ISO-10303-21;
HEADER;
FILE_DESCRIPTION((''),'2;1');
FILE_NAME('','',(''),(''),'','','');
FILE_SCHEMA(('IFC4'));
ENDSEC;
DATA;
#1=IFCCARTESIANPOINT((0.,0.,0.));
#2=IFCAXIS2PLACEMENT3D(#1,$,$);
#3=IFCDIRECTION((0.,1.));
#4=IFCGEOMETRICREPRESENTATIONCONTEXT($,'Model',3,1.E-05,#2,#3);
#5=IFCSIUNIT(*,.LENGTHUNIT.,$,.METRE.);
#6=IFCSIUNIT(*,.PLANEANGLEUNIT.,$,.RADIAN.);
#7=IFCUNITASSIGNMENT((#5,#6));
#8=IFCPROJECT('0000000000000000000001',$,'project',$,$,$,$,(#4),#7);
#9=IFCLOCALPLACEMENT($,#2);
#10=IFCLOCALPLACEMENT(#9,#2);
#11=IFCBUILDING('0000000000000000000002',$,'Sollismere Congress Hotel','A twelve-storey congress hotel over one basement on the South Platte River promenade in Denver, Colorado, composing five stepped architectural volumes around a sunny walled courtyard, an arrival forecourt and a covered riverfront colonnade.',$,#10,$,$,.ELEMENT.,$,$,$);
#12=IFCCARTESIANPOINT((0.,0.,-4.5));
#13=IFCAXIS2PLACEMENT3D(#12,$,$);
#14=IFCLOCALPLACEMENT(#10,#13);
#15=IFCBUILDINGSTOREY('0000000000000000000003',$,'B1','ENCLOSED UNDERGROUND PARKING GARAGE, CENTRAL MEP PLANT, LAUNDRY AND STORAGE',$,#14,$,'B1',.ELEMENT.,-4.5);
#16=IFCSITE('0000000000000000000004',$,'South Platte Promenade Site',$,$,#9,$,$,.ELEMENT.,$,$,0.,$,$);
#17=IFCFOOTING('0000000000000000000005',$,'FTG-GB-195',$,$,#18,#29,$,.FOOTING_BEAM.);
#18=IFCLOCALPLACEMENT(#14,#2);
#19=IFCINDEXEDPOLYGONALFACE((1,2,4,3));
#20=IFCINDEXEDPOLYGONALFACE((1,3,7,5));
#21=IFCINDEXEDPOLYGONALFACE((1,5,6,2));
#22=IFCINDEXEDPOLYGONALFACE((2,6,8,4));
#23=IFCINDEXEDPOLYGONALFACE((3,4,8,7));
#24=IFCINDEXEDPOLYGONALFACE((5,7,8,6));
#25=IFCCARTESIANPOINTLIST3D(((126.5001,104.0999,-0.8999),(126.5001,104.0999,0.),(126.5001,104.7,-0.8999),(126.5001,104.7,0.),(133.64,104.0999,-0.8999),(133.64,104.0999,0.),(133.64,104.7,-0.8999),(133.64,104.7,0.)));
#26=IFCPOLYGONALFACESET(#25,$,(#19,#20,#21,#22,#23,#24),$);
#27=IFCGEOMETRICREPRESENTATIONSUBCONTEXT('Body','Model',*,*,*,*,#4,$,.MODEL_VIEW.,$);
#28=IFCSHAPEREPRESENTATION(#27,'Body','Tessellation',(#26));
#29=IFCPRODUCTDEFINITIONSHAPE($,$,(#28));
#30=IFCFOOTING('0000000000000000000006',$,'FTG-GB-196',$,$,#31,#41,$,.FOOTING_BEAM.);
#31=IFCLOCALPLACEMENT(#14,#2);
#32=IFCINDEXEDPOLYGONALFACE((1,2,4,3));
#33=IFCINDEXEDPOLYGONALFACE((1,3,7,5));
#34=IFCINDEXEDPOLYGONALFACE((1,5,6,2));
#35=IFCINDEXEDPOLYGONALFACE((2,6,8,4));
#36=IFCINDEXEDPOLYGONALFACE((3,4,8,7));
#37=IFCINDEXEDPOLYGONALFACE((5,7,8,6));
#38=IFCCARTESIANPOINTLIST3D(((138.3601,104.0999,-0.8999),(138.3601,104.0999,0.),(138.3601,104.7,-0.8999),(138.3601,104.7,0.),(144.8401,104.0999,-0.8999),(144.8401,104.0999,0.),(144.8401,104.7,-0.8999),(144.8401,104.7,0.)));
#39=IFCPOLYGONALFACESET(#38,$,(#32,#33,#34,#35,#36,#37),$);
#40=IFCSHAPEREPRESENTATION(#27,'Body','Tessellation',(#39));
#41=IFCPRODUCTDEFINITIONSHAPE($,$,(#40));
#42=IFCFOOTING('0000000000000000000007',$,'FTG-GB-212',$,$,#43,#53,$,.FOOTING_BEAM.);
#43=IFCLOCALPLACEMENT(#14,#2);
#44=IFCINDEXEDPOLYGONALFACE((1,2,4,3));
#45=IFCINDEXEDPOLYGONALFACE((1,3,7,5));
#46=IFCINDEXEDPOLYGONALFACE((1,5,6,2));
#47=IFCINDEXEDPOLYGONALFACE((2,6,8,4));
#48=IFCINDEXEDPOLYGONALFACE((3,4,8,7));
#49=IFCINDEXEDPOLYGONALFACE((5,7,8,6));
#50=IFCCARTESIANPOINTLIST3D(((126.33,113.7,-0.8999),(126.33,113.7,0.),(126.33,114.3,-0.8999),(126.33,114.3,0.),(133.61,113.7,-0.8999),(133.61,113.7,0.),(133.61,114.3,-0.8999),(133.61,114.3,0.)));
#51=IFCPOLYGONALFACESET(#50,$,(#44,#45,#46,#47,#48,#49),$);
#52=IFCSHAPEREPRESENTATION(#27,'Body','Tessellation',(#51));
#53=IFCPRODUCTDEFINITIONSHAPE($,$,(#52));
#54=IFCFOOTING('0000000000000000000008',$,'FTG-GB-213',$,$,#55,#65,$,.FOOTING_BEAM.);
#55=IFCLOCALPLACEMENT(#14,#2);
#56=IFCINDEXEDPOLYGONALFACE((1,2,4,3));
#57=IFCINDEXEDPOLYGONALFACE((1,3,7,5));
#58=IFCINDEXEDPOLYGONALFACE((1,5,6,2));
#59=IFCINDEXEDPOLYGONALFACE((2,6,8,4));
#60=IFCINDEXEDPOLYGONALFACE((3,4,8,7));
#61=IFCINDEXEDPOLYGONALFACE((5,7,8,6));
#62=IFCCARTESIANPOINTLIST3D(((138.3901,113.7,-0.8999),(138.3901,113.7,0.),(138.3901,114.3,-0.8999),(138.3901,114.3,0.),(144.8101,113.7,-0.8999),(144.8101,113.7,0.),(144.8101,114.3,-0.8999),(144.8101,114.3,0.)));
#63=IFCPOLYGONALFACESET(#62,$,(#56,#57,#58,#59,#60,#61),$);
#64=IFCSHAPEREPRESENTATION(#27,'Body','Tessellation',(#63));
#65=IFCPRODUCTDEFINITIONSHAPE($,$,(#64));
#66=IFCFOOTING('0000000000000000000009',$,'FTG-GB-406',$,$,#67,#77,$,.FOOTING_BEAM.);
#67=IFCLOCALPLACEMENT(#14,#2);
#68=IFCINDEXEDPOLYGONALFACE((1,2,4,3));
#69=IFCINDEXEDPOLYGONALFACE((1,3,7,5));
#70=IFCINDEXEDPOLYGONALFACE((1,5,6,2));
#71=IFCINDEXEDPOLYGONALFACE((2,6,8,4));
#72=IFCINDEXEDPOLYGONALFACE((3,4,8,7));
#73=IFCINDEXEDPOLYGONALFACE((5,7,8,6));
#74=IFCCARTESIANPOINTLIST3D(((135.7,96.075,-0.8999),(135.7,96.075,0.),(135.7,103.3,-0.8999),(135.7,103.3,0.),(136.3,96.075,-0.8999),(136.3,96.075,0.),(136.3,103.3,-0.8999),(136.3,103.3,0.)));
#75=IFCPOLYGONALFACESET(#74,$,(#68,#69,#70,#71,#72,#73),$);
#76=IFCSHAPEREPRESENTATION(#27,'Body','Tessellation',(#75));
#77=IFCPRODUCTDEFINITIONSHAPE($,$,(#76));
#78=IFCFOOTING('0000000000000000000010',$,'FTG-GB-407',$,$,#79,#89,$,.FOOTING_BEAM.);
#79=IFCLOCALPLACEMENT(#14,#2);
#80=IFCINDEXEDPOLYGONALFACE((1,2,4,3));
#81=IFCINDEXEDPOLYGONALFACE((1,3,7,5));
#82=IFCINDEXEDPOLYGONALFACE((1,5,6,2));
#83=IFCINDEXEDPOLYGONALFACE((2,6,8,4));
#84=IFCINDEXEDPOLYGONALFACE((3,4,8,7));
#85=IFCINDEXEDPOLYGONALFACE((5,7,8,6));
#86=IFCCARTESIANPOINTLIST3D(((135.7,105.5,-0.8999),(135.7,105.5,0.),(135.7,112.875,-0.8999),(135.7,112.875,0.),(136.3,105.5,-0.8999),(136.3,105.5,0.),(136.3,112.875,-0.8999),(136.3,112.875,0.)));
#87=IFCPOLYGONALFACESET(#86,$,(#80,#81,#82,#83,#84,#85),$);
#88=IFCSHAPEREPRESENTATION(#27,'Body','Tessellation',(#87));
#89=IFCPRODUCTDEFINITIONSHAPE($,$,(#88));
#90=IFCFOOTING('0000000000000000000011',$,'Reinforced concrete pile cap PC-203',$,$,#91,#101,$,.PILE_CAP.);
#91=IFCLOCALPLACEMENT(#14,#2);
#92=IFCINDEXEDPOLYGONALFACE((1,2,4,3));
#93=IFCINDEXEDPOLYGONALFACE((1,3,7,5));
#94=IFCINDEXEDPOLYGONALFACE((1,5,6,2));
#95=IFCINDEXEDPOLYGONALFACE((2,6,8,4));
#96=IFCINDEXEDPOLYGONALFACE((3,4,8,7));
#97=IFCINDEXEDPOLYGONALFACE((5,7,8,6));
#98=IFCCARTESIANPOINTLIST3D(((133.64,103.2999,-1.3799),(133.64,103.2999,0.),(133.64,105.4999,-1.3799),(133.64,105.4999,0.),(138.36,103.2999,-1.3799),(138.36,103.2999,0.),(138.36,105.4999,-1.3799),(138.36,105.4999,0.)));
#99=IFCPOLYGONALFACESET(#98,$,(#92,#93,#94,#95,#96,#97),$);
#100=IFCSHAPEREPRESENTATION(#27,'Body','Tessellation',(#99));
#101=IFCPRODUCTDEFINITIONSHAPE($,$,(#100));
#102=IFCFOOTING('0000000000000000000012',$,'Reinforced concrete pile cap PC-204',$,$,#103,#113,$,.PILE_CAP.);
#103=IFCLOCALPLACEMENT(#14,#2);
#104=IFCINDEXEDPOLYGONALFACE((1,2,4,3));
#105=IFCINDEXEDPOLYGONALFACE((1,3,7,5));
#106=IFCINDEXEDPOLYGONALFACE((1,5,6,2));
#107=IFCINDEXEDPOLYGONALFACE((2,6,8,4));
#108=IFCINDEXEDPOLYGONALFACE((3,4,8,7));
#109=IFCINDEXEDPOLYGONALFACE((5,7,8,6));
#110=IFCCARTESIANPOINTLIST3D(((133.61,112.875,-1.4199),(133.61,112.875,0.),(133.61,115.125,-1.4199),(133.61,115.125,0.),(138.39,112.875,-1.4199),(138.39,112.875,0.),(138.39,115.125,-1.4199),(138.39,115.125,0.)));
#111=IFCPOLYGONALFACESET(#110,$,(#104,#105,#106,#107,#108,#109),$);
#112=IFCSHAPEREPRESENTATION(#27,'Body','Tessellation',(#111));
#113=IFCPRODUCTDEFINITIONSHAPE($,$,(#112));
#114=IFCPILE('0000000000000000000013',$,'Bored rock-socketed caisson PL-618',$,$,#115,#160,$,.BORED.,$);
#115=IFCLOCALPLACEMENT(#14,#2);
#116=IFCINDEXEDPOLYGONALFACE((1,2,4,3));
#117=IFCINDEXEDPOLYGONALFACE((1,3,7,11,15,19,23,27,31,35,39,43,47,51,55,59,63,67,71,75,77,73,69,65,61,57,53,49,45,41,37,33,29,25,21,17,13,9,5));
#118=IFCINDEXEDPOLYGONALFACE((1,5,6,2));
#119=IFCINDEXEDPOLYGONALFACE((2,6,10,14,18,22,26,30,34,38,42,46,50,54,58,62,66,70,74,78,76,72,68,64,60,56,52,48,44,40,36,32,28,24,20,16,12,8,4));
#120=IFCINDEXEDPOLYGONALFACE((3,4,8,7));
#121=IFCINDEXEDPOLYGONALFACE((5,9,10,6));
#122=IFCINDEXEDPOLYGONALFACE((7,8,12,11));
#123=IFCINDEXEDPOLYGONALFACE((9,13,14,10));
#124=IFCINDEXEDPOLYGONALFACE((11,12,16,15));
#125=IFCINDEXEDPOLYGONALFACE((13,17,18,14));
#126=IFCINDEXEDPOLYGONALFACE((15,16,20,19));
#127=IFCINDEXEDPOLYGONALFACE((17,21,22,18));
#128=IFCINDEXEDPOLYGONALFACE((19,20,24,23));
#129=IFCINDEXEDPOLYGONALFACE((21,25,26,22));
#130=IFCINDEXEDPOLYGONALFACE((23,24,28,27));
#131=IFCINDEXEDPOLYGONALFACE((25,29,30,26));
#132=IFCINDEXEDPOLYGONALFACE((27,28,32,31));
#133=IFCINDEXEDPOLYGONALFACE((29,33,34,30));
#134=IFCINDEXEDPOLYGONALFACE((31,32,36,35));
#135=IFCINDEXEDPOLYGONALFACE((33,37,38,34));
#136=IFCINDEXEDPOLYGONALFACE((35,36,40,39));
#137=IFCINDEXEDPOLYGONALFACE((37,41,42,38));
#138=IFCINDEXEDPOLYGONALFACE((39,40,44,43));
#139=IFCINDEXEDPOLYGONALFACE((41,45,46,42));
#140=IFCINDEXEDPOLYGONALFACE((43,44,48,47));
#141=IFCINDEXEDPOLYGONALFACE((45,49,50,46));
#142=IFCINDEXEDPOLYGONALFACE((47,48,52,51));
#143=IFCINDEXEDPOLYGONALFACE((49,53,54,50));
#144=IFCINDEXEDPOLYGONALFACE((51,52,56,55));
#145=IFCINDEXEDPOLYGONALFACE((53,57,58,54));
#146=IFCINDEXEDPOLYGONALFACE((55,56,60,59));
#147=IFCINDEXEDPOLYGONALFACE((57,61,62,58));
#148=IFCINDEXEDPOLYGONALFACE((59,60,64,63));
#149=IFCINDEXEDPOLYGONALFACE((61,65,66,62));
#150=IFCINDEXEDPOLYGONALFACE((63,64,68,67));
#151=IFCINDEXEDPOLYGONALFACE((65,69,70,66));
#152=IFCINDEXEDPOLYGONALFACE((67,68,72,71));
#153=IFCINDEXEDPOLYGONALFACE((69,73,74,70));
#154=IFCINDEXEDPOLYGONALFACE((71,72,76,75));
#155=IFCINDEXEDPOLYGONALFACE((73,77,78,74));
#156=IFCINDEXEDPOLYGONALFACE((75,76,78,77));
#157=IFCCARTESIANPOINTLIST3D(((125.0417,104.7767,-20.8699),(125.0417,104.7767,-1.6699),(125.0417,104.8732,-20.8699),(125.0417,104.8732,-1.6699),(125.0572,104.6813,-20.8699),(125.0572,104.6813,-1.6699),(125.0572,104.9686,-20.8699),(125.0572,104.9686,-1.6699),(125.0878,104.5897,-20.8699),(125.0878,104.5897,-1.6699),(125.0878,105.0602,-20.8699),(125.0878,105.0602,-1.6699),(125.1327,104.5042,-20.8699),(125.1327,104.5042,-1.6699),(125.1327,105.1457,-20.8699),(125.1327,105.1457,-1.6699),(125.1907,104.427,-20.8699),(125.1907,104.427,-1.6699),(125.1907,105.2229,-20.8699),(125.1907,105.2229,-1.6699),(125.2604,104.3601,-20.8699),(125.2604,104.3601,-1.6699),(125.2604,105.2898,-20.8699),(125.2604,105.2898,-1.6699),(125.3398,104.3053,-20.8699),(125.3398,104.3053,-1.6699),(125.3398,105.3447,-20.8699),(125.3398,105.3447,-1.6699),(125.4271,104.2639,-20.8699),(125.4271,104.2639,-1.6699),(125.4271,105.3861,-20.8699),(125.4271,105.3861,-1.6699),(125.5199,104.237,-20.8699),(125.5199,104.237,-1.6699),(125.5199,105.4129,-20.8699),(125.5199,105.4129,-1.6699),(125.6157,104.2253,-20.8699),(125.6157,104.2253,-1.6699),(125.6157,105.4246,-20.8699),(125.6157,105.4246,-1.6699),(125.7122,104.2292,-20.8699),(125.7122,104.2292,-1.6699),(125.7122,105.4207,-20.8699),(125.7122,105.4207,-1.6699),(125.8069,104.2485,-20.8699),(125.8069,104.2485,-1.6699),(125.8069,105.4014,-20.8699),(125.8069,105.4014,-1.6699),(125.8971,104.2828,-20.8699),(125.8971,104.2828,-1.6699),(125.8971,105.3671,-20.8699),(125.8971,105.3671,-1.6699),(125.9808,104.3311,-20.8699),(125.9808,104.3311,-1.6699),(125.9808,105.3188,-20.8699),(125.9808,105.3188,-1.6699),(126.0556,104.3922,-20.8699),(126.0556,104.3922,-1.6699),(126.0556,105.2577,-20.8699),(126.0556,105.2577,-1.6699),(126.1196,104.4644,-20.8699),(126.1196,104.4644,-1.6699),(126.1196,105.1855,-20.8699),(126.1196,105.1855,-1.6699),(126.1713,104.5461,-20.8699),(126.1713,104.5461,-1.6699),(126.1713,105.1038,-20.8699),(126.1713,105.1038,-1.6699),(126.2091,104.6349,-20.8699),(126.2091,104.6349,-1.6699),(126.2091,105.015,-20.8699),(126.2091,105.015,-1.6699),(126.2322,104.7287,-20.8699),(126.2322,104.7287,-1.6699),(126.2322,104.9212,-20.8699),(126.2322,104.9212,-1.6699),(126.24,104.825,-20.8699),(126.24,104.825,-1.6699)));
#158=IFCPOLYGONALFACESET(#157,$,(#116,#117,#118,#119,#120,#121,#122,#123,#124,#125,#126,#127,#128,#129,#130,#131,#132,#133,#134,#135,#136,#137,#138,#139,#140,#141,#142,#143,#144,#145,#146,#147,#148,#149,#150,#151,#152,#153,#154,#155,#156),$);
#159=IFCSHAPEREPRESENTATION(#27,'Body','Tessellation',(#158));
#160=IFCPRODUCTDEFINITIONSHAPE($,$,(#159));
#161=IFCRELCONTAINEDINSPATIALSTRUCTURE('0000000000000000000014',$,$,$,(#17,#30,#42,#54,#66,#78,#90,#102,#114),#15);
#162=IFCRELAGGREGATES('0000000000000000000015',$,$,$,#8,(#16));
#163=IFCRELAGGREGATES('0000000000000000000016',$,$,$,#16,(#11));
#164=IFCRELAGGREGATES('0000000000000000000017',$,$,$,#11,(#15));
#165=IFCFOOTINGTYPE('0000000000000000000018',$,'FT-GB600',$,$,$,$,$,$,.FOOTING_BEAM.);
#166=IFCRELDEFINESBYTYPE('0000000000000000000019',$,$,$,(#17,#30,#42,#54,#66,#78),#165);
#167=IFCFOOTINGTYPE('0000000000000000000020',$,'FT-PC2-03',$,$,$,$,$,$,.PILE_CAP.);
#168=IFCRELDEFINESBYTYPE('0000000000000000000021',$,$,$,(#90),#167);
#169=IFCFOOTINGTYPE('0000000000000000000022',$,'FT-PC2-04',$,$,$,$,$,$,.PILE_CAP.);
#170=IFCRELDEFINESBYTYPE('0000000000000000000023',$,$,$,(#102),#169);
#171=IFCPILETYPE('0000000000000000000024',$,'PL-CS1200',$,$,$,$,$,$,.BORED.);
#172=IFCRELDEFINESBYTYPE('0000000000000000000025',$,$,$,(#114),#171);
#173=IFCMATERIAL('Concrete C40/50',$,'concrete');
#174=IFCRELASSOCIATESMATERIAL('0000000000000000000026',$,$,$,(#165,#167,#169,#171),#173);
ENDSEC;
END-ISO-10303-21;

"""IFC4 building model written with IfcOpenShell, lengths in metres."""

from ifc_helpers import new_model, si_unit, direction, frame, origin, origin_2d, place, context, subcontext, project, spatial, rectangle, circle, extrude, material, material_profile, profile_set, type_object, element, save


model = new_model("IFC4")

# Units and contexts
model_context = context("Model", 3, precision=1e-05, world=origin(), true_north=direction((0.0, 1.0)))
body_context = subcontext(model_context, "Body", "Model", "MODEL_VIEW")
ifc_project = project(units=[si_unit("LENGTHUNIT", "METRE"), si_unit("PLANEANGLEUNIT", "RADIAN")], contexts=[model_context])

# Site, building, storey
site_placement = place(None, origin())
site = spatial("IfcSite", under=ifc_project, at=site_placement, Name="South Platte Promenade Site", CompositionType="ELEMENT", RefElevation=0.0)
building_placement = place(site_placement, origin())
building = spatial("IfcBuilding", under=site, at=building_placement, Name="Sollismere Congress Hotel", Description="A twelve-storey congress hotel over one basement on the South Platte River promenade in Denver, Colorado, composing five stepped architectural volumes around a sunny walled courtyard, an arrival forecourt and a covered riverfront colonnade.", CompositionType="ELEMENT")
storey_placement = place(building_placement, frame((0.0, 0.0, -4.5)))
storey = spatial("IfcBuildingStorey", under=building, at=storey_placement, Name="B1", Description="ENCLOSED UNDERGROUND PARKING GARAGE, CENTRAL MEP PLANT, LAUNDRY AND STORAGE", LongName="B1", CompositionType="ELEMENT", Elevation=-4.5)

# Footings
ifc_material_1 = material(Name="Concrete C40/50", Category="concrete")
footing_type_1 = type_object("IfcFootingType", Name="FT-GB600", PredefinedType="FOOTING_BEAM", material=ifc_material_1)
footing_1_placement = place(storey_placement, frame((130.0701, 104.3999, -0.8999), z_axis=(0.0, 0.0, 1.0), x_axis=(1.0, 0.0, 0.0)))
element("IfcFooting", 1, at=footing_1_placement, inside=storey, type_object=footing_type_1, Name="FTG-GB-195", PredefinedType="FOOTING_BEAM", context=body_context, shape_type="SweptSolid", body=[
    extrude(rectangle(XDim=7.1399, YDim=0.6001, at=origin_2d()), origin(), (0.0, 0.0, 1.0), 0.8999),
])
footing_2_placement = place(storey_placement, frame((141.6001, 104.3999, -0.8999), z_axis=(0.0, 0.0, 1.0), x_axis=(1.0, 0.0, 0.0)))
element("IfcFooting", 2, at=footing_2_placement, inside=storey, type_object=footing_type_1, Name="FTG-GB-196", PredefinedType="FOOTING_BEAM", context=body_context, shape_type="SweptSolid", body=[
    extrude(rectangle(XDim=6.48, YDim=0.6001, at=origin_2d()), origin(), (0.0, 0.0, 1.0), 0.8999),
])
footing_3_placement = place(storey_placement, frame((129.97, 114.0, -0.8999), z_axis=(0.0, 0.0, 1.0), x_axis=(1.0, 0.0, 0.0)))
element("IfcFooting", 3, at=footing_3_placement, inside=storey, type_object=footing_type_1, Name="FTG-GB-212", PredefinedType="FOOTING_BEAM", context=body_context, shape_type="SweptSolid", body=[
    extrude(rectangle(XDim=7.28, YDim=0.6001, at=origin_2d()), origin(), (0.0, 0.0, 1.0), 0.8999),
])
footing_4_placement = place(storey_placement, frame((141.6001, 114.0, -0.8999), z_axis=(0.0, 0.0, 1.0), x_axis=(1.0, 0.0, 0.0)))
element("IfcFooting", 4, at=footing_4_placement, inside=storey, type_object=footing_type_1, Name="FTG-GB-213", PredefinedType="FOOTING_BEAM", context=body_context, shape_type="SweptSolid", body=[
    extrude(rectangle(XDim=6.4199, YDim=0.6001, at=origin_2d()), origin(), (0.0, 0.0, 1.0), 0.8999),
])
footing_5_placement = place(storey_placement, frame((136.0, 99.6875, -0.8999), z_axis=(0.0, 0.0, 1.0), x_axis=(0.0, 1.0, 0.0)))
element("IfcFooting", 5, at=footing_5_placement, inside=storey, type_object=footing_type_1, Name="FTG-GB-406", PredefinedType="FOOTING_BEAM", context=body_context, shape_type="SweptSolid", body=[
    extrude(rectangle(XDim=7.2251, YDim=0.6001, at=origin_2d()), origin(), (0.0, 0.0, 1.0), 0.8999),
])
footing_6_placement = place(storey_placement, frame((136.0, 109.1875, -0.8999), z_axis=(0.0, 0.0, 1.0), x_axis=(0.0, 1.0, 0.0)))
element("IfcFooting", 6, at=footing_6_placement, inside=storey, type_object=footing_type_1, Name="FTG-GB-407", PredefinedType="FOOTING_BEAM", context=body_context, shape_type="SweptSolid", body=[
    extrude(rectangle(XDim=7.375, YDim=0.6001, at=origin_2d()), origin(), (0.0, 0.0, 1.0), 0.8999),
])
footing_type_2 = type_object("IfcFootingType", Name="FT-PC2-03", PredefinedType="PILE_CAP", material=ifc_material_1)
footing_7_placement = place(storey_placement, frame((136.0, 104.3999, -1.3799), z_axis=(0.0, 0.0, 1.0), x_axis=(1.0, 0.0, 0.0)))
element("IfcFooting", 7, at=footing_7_placement, inside=storey, type_object=footing_type_2, Name="Reinforced concrete pile cap PC-203", PredefinedType="PILE_CAP", context=body_context, shape_type="SweptSolid", body=[
    extrude(rectangle(XDim=4.72, YDim=2.2, at=origin_2d()), origin(), (0.0, 0.0, 1.0), 1.3799),
])
footing_type_3 = type_object("IfcFootingType", Name="FT-PC2-04", PredefinedType="PILE_CAP", material=ifc_material_1)
footing_8_placement = place(storey_placement, frame((136.0, 114.0, -1.4199), z_axis=(0.0, 0.0, 1.0), x_axis=(1.0, 0.0, 0.0)))
element("IfcFooting", 8, at=footing_8_placement, inside=storey, type_object=footing_type_3, Name="Reinforced concrete pile cap PC-204", PredefinedType="PILE_CAP", context=body_context, shape_type="SweptSolid", body=[
    extrude(rectangle(XDim=4.78, YDim=2.25, at=origin_2d()), origin(), (0.0, 0.0, 1.0), 1.4199),
])

# Pile
ifc_material_profile_1 = material_profile(ifc_material_1, circle(Radius=0.6001, at=origin_2d()), Name="CAISSON1200")
ifc_profile_set_1 = profile_set([ifc_material_profile_1], Name="Concrete C40/50")
pile_type = type_object("IfcPileType", Name="PL-CS1200", PredefinedType="BORED", material=ifc_profile_set_1)
pile_1_placement = place(storey_placement, frame((125.6399, 104.825, -1.6699), z_axis=(0.0, 0.0, -1.0), x_axis=(1.0, 0.0, 0.0)))
element("IfcPile", 9, at=pile_1_placement, inside=storey, type_object=pile_type, Name="Bored rock-socketed caisson PL-618", PredefinedType="BORED", context=body_context, shape_type="SweptSolid", body=[
    extrude(circle(Radius=0.6001, at=origin_2d()), origin(), (0.0, 0.0, 1.0), 19.2),
])

save(model, "model.ifc")
